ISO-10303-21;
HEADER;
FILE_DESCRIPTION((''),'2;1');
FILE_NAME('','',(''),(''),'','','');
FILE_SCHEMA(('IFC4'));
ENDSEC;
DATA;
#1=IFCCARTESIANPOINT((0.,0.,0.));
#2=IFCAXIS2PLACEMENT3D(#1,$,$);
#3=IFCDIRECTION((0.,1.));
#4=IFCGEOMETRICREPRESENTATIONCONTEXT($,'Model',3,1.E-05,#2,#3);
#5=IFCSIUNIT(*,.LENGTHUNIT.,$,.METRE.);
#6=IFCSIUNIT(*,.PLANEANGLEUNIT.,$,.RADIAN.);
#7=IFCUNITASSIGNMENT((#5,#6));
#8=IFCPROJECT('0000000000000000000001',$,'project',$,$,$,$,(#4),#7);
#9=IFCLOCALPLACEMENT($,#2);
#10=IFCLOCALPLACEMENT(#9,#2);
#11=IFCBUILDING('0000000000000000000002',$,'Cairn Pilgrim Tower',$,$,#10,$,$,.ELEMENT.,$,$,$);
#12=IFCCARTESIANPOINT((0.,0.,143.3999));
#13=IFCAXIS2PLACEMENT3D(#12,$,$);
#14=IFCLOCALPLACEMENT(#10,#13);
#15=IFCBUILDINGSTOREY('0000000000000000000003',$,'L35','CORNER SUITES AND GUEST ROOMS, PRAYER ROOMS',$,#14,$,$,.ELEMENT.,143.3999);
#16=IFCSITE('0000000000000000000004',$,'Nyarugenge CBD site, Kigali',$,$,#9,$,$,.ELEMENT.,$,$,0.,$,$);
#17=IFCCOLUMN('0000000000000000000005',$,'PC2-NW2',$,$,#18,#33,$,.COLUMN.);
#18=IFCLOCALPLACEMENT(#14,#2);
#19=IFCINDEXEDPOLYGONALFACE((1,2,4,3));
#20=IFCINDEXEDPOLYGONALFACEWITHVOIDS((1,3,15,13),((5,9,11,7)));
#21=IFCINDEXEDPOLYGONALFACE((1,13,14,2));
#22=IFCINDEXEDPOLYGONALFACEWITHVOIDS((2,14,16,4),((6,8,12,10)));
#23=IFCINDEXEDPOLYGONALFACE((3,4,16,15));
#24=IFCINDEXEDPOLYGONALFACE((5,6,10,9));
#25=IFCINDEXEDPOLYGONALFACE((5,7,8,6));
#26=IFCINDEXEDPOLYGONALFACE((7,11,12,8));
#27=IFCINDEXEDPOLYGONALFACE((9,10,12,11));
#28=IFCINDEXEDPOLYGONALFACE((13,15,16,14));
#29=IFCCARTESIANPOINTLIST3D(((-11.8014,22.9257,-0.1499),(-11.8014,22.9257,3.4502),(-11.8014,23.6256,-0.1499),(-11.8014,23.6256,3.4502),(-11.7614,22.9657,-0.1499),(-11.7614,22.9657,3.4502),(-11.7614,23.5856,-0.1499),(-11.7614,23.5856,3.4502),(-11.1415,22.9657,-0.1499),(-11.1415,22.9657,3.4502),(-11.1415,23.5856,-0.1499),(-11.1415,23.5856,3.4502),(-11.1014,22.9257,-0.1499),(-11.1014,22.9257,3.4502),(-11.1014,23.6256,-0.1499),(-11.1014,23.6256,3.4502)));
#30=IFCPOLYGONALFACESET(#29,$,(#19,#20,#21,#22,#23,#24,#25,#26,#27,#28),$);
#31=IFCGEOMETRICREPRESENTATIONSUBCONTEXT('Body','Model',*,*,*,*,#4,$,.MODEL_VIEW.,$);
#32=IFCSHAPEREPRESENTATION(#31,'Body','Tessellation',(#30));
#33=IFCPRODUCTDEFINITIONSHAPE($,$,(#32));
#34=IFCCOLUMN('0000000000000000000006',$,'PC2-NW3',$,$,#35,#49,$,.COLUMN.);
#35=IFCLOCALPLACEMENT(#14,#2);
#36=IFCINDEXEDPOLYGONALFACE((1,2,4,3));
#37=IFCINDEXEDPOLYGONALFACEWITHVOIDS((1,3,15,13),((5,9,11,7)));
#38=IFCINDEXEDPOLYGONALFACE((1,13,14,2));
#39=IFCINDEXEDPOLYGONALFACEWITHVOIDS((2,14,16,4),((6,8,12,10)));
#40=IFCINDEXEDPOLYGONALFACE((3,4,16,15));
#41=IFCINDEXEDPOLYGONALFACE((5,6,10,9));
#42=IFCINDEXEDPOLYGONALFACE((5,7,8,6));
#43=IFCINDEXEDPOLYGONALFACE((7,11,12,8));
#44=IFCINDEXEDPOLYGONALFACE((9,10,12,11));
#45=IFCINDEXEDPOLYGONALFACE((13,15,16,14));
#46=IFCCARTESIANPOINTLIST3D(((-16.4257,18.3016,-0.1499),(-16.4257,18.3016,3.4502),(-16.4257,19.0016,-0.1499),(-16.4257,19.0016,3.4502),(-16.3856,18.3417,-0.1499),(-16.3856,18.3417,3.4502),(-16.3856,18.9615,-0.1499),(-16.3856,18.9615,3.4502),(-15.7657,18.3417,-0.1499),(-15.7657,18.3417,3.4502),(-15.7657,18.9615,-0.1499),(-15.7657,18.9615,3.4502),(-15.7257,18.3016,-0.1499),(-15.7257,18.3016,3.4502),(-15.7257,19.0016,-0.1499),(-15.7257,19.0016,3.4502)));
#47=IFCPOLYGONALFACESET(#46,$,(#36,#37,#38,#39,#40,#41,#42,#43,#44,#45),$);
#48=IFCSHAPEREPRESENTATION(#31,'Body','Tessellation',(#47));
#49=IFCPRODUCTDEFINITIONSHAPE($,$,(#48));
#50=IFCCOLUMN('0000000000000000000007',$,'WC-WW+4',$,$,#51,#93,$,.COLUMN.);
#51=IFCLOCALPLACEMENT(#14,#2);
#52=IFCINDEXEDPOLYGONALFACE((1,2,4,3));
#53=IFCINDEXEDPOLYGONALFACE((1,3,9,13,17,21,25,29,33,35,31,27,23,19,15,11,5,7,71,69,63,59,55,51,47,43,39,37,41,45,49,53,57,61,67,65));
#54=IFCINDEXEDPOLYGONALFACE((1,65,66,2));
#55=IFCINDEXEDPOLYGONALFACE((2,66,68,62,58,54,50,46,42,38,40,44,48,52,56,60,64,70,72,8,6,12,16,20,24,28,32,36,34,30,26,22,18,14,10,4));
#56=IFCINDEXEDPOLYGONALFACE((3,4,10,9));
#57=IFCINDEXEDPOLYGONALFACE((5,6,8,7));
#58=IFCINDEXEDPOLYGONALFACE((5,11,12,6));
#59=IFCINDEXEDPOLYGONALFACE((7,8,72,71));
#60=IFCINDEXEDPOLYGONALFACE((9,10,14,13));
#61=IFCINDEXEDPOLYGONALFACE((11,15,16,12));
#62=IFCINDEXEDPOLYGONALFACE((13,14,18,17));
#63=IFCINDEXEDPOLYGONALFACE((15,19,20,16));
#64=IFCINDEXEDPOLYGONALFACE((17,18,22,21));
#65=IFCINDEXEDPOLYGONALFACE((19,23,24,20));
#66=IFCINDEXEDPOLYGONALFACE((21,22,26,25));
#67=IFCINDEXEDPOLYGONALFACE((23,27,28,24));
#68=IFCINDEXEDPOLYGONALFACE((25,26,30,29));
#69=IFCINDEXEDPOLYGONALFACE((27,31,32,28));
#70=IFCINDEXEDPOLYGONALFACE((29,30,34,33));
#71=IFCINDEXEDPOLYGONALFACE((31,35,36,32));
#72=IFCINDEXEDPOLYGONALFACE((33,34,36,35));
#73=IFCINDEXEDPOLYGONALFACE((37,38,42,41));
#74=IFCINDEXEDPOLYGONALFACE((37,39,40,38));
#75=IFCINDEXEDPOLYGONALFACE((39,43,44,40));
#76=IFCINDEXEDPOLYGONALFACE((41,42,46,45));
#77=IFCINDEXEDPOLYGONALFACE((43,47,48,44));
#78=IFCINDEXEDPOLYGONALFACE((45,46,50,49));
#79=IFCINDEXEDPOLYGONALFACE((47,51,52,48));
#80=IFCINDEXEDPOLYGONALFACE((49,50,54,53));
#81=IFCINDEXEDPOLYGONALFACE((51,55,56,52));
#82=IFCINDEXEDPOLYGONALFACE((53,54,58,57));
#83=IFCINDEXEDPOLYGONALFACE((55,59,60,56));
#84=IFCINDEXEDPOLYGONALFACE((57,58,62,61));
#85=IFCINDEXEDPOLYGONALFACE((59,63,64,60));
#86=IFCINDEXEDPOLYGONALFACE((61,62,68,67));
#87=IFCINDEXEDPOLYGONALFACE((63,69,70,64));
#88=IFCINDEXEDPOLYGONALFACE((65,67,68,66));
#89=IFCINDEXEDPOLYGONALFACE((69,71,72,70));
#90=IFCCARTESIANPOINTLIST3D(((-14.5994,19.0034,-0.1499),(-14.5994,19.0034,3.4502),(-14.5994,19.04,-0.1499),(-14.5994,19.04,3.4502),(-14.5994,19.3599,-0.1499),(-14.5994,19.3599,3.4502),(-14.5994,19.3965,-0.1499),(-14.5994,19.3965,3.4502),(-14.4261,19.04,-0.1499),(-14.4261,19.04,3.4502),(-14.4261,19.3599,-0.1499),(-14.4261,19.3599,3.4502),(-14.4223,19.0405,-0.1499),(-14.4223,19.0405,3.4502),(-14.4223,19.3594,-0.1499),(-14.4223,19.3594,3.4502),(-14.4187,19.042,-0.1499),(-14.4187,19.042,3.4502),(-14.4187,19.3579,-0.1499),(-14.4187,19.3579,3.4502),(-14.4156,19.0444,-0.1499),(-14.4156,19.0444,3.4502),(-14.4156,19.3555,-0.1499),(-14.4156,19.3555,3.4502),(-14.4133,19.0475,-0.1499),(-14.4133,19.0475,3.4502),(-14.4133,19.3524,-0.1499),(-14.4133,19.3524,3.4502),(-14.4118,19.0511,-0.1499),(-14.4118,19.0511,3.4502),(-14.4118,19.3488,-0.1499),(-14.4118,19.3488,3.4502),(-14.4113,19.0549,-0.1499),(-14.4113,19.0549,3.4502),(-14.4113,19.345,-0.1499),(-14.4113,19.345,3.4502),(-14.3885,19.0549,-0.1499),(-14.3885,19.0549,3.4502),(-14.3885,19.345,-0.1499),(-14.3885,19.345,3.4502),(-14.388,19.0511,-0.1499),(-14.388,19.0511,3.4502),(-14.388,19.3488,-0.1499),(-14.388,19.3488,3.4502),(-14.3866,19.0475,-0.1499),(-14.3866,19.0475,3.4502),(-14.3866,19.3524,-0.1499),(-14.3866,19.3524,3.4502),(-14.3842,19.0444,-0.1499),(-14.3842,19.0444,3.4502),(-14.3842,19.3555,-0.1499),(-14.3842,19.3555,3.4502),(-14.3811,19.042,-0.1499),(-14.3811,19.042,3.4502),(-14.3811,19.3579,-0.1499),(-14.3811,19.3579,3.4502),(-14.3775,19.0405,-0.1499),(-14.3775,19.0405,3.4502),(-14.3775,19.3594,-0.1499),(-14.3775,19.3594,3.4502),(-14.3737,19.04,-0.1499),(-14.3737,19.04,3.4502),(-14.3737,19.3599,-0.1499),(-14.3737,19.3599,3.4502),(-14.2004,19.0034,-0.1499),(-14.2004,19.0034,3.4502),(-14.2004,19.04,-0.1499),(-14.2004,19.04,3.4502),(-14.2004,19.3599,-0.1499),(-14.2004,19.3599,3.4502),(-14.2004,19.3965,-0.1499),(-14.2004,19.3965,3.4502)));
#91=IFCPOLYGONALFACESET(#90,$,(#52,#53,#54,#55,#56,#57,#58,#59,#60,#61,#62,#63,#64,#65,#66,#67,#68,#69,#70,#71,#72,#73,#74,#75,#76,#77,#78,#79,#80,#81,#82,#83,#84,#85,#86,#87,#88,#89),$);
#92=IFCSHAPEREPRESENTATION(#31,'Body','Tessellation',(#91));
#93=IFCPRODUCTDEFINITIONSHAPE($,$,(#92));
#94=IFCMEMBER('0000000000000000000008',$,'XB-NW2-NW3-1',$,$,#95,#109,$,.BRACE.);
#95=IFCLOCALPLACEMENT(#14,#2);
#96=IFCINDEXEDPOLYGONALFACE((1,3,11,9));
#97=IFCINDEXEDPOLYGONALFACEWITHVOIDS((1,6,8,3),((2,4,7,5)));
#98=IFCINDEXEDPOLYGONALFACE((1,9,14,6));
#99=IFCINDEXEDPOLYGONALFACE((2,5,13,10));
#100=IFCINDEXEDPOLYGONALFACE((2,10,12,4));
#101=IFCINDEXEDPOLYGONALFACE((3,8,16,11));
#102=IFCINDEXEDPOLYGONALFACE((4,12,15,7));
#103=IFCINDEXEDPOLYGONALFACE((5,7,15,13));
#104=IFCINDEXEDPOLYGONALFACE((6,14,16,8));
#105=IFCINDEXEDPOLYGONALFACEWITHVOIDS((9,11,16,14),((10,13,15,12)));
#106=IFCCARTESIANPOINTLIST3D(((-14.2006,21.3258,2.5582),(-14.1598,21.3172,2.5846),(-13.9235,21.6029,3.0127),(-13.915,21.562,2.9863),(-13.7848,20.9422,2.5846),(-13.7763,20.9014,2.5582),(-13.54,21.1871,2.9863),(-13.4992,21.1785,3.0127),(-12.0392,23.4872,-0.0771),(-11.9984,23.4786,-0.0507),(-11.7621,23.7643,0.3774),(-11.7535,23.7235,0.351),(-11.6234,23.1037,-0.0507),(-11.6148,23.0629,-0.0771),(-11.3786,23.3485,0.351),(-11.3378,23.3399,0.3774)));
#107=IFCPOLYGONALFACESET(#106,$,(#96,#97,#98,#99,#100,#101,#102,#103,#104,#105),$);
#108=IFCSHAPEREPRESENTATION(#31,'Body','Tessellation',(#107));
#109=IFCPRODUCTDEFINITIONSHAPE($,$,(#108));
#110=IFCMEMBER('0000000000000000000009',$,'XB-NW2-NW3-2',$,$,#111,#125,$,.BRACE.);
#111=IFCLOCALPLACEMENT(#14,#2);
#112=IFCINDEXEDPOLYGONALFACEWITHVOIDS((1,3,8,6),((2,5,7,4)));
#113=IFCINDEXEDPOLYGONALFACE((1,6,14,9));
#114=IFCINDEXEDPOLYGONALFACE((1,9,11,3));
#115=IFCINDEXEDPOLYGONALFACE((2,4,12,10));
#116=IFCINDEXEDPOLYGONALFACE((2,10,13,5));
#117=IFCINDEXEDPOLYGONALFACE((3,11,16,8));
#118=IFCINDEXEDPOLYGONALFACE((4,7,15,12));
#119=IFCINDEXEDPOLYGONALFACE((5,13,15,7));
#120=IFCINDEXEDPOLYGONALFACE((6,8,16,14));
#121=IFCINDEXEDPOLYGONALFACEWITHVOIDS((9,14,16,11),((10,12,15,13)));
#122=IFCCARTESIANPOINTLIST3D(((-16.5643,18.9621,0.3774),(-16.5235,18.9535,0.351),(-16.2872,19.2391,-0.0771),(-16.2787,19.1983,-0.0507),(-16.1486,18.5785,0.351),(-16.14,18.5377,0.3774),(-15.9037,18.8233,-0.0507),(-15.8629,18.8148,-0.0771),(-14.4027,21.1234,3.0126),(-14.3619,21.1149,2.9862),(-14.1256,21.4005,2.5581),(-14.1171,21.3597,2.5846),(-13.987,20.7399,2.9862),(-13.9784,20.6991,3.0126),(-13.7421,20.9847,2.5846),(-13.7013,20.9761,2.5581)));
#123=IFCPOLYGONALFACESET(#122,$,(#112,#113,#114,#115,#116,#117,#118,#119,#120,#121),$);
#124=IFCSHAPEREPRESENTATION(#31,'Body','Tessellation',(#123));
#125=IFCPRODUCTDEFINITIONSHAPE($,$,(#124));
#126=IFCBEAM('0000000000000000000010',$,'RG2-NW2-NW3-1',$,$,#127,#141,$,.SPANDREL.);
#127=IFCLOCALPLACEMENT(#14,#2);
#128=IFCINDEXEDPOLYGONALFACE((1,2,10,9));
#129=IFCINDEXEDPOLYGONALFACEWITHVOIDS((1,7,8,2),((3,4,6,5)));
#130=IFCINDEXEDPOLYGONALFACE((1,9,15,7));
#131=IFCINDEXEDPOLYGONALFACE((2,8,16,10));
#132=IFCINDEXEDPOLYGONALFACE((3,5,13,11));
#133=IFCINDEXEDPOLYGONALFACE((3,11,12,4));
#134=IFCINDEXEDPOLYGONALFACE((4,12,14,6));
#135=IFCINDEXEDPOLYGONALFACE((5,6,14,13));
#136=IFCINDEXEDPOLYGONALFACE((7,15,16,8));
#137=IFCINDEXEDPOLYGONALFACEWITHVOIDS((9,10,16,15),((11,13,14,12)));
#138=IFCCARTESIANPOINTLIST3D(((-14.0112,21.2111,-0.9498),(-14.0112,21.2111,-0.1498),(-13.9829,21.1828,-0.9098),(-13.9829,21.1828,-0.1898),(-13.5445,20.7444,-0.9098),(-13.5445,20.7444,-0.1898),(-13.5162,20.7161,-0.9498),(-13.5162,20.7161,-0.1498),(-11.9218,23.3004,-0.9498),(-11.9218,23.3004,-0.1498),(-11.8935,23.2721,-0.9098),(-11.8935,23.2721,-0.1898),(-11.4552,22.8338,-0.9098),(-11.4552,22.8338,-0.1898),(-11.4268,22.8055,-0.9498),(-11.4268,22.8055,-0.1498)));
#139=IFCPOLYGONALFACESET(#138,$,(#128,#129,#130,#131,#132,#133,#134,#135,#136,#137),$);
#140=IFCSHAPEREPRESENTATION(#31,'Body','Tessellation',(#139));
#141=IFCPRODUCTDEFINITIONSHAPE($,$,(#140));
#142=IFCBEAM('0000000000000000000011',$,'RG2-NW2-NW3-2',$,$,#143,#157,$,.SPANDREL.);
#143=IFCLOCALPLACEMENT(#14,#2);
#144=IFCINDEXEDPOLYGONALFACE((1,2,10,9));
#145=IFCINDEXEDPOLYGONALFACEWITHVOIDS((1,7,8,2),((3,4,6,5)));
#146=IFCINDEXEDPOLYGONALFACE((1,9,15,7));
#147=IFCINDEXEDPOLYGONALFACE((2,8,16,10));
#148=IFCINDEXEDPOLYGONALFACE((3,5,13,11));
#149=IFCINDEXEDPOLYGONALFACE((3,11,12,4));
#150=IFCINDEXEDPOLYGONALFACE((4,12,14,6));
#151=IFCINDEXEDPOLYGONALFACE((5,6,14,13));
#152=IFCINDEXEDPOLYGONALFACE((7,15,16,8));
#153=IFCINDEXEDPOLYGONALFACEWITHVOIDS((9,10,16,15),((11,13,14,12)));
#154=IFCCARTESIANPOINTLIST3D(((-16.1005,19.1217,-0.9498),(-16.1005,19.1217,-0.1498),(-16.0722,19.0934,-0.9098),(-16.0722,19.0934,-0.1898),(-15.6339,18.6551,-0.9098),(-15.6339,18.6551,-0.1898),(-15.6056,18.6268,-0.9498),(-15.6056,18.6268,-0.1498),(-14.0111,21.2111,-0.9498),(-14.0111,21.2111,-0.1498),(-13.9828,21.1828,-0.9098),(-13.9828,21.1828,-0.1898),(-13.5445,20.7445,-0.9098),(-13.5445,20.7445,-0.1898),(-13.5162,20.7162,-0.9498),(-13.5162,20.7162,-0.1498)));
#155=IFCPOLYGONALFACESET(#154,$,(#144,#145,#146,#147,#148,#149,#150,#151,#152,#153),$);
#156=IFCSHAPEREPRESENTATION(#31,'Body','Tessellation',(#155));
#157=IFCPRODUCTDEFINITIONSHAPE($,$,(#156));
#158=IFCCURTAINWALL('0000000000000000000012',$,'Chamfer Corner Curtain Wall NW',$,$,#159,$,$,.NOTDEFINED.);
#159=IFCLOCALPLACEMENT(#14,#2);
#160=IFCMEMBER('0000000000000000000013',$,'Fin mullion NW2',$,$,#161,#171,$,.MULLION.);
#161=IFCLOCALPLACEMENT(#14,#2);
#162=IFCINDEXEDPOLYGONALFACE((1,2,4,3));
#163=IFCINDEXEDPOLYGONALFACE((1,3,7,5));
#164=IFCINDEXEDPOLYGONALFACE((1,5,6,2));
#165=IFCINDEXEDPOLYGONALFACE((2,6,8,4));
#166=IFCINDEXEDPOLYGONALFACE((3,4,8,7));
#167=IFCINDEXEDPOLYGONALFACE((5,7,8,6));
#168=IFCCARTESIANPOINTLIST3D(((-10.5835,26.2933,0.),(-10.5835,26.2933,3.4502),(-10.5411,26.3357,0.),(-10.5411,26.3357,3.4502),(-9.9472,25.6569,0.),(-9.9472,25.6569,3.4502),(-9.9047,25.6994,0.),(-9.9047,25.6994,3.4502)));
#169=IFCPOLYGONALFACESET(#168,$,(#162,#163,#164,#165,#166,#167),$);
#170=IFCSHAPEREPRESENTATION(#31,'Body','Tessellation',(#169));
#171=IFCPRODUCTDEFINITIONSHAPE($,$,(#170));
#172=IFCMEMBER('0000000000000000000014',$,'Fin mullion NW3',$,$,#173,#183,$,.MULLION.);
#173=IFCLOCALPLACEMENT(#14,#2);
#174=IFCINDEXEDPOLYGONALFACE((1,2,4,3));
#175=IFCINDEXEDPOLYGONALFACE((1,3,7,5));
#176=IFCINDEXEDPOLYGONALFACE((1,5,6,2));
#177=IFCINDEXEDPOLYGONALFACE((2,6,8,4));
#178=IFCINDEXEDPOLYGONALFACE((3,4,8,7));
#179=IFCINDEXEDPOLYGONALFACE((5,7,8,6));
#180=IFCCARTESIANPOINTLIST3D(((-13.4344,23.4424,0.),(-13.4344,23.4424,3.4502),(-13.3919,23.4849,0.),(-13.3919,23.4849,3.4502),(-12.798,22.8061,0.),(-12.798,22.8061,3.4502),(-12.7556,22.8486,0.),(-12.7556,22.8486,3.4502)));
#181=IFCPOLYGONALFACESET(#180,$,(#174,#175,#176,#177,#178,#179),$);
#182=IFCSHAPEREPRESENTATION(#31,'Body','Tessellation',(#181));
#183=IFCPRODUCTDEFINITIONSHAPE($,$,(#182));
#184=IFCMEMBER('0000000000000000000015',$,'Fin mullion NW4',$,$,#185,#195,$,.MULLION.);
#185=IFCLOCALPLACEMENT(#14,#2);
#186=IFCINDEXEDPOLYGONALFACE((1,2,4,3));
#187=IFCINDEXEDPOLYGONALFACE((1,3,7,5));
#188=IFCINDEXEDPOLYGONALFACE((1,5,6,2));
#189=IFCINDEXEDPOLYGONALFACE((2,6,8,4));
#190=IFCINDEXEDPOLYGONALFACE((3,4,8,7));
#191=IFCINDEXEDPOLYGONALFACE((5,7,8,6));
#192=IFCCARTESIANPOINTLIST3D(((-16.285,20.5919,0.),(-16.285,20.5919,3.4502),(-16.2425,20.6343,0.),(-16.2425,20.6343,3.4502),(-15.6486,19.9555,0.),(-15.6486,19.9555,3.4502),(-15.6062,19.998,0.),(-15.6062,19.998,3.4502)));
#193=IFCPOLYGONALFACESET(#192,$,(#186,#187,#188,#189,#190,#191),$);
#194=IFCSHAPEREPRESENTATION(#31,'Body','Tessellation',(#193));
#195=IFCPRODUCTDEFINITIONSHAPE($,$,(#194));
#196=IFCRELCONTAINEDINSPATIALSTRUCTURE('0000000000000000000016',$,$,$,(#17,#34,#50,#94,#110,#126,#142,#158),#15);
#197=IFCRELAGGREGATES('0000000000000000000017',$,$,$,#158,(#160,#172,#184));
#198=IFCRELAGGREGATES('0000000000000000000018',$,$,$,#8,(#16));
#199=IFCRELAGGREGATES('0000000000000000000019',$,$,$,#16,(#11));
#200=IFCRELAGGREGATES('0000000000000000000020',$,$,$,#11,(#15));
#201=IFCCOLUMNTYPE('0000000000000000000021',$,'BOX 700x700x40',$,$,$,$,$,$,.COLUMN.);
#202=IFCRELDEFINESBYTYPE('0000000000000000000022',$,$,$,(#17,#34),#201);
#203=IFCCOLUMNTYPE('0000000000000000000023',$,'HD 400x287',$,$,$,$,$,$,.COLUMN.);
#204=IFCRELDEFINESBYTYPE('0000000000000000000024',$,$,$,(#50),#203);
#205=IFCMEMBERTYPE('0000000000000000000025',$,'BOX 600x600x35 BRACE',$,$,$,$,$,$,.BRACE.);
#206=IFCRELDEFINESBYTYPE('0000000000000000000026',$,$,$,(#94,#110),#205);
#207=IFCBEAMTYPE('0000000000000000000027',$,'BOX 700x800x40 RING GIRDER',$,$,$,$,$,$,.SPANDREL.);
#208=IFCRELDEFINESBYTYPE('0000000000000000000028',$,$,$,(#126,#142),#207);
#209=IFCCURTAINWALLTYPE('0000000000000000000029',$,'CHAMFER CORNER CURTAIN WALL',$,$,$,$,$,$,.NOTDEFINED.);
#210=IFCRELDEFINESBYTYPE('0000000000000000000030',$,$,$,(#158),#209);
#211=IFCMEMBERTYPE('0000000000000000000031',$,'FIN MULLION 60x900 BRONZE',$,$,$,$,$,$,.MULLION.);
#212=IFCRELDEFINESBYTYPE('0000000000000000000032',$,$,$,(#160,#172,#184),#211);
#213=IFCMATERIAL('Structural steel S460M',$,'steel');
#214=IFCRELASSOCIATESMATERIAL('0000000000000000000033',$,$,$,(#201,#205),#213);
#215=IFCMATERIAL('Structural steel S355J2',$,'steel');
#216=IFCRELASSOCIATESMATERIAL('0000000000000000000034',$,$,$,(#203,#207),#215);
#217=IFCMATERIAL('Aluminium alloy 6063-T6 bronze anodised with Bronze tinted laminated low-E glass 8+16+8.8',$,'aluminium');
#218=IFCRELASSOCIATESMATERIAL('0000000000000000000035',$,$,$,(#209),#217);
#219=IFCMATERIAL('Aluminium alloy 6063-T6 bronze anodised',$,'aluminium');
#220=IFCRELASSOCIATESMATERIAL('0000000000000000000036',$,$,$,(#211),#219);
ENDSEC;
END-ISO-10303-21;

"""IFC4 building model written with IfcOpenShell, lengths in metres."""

from ifc_helpers import new_model, si_unit, direction, frame, origin, origin_2d, place, context, subcontext, project, spatial, rectangle, hollow_rectangle, i_section, extrude, material, material_profile, profile_set, type_object, element, aggregate, save


model = new_model("IFC4")

# Units and contexts
model_context = context("Model", 3, precision=1e-05, world=origin(), true_north=direction((0.0, 1.0)))
body_context = subcontext(model_context, "Body", "Model", "MODEL_VIEW")
ifc_project = project(units=[si_unit("LENGTHUNIT", "METRE"), si_unit("PLANEANGLEUNIT", "RADIAN")], contexts=[model_context])

# Site, building, storey
site_placement = place(None, origin())
site = spatial("IfcSite", under=ifc_project, at=site_placement, Name="Nyarugenge CBD site, Kigali", CompositionType="ELEMENT", RefElevation=0.0)
building_placement = place(site_placement, origin())
building = spatial("IfcBuilding", under=site, at=building_placement, Name="Cairn Pilgrim Tower", CompositionType="ELEMENT")
storey_placement = place(building_placement, frame((0.0, 0.0, 143.3999)))
storey = spatial("IfcBuildingStorey", under=building, at=storey_placement, Name="L35", Description="CORNER SUITES AND GUEST ROOMS, PRAYER ROOMS", CompositionType="ELEMENT", Elevation=143.3999)

# Columns
ifc_material_1 = material(Name="Structural steel S460M", Category="steel")
ifc_material_profile_1 = material_profile(ifc_material_1, hollow_rectangle(XDim=0.7, YDim=0.7, WallThickness=0.04, at=origin_2d()), Name="BOX 700x700x40")
ifc_profile_set_1 = profile_set([ifc_material_profile_1], Name="Structural steel S460M")
column_type_1 = type_object("IfcColumnType", Name="BOX 700x700x40", PredefinedType="COLUMN", material=ifc_profile_set_1)
for number, where, z_axis, x_axis, name in (
    (1, (-11.4514, 23.2756, -0.1499), (0.0, 0.0, 1.0), (1.0, 0.0, 0.0), "PC2-NW2"),
    (2, (-16.0757, 18.6516, -0.1499), (0.0, 0.0, 1.0), (1.0, 0.0, 0.0), "PC2-NW3"),
):
    element("IfcColumn", number, at=place(storey_placement, frame(where, z_axis=z_axis, x_axis=x_axis)), inside=storey, type_object=column_type_1, Name=name, PredefinedType="COLUMN", context=body_context, shape_type="SweptSolid", body=[
        extrude(hollow_rectangle(XDim=0.7, YDim=0.7, WallThickness=0.04, at=origin_2d()), origin(), (0.0, 0.0, 1.0), 3.6001),
    ])
ifc_material_2 = material(Name="Structural steel S355J2", Category="steel")
ifc_material_profile_2 = material_profile(ifc_material_2, i_section(OverallWidth=0.3989, OverallDepth=0.3931, WebThickness=0.0227, FlangeThickness=0.0366, FilletRadius=0.0149, at=origin_2d()), Name="HD 400x287")
ifc_profile_set_2 = profile_set([ifc_material_profile_2], Name="Structural steel S355J2")
column_type_2 = type_object("IfcColumnType", Name="HD 400x287", PredefinedType="COLUMN", material=ifc_profile_set_2)
column_placement = place(storey_placement, frame((-14.3999, 19.2, -0.1499), z_axis=(0.0, 0.0, 1.0), x_axis=(1.0, 0.0, 0.0)))
element("IfcColumn", 3, at=column_placement, inside=storey, type_object=column_type_2, Name="WC-WW+4", PredefinedType="COLUMN", context=body_context, shape_type="SweptSolid", body=[
    extrude(i_section(OverallWidth=0.3989, OverallDepth=0.3931, WebThickness=0.0227, FlangeThickness=0.0366, FilletRadius=0.0149, at=origin_2d()), origin(), (0.0, 0.0, 1.0), 3.6001),
])

# Members
ifc_material_profile_3 = material_profile(ifc_material_1, hollow_rectangle(XDim=0.6001, YDim=0.6001, WallThickness=0.0349, at=origin_2d()), Name="BOX 600x600x35")
ifc_profile_set_3 = profile_set([ifc_material_profile_3], Name="Structural steel S460M")
member_type_1 = type_object("IfcMemberType", Name="BOX 600x600x35 BRACE", PredefinedType="BRACE", material=ifc_profile_set_3)
for number, where, z_axis, x_axis, name in (
    (4, (-11.6885, 23.4136, 0.1501), (-0.535551, -0.535551, 0.65297), (0.707107, -0.707107, 0.0), "XB-NW2-NW3-1"),
    (5, (-16.2136, 18.8884, 0.1501), (0.535594, 0.535534, 0.652949), (-0.707067, 0.707147, 0.0), "XB-NW2-NW3-2"),
):
    element("IfcMember", number, at=place(storey_placement, frame(where, z_axis=z_axis, x_axis=x_axis)), inside=storey, type_object=member_type_1, Name=name, PredefinedType="BRACE", context=body_context, shape_type="SweptSolid", body=[
        extrude(hollow_rectangle(XDim=0.6001, YDim=0.6001, WallThickness=0.0349, at=origin_2d()), origin(), (0.0, 0.0, 1.0), 4.0359),
    ])

# Beams
ifc_material_profile_4 = material_profile(ifc_material_2, hollow_rectangle(XDim=0.7, YDim=0.8, WallThickness=0.04, at=origin_2d()), Name="BOX 700x800x40")
ifc_profile_set_4 = profile_set([ifc_material_profile_4], Name="Structural steel S355J2")
beam_type_1 = type_object("IfcBeamType", Name="BOX 700x800x40 RING GIRDER", PredefinedType="SPANDREL", material=ifc_profile_set_4)
for number, where, z_axis, x_axis, name in (
    (6, (-11.6743, 23.053, -0.5498), (-0.707107, -0.707107, 0.0), (0.707107, -0.707107, 0.0), "RG2-NW2-NW3-1"),
    (7, (-13.7637, 20.9636, -0.5498), (-0.707107, -0.707107, 0.0), (0.707107, -0.707107, 0.0), "RG2-NW2-NW3-2"),
):
    element("IfcBeam", number, at=place(storey_placement, frame(where, z_axis=z_axis, x_axis=x_axis)), inside=storey, type_object=beam_type_1, Name=name, PredefinedType="SPANDREL", context=body_context, shape_type="SweptSolid", body=[
        extrude(hollow_rectangle(XDim=0.7, YDim=0.8, WallThickness=0.04, at=origin_2d()), origin(), (0.0, 0.0, 1.0), 2.9548),
    ])

# Curtain wall, members
ifc_material_3 = material(Name="Aluminium alloy 6063-T6 bronze anodised with Bronze tinted laminated low-E glass 8+16+8.8", Category="aluminium")
curtain_wall_type = type_object("IfcCurtainWallType", Name="CHAMFER CORNER CURTAIN WALL", PredefinedType="NOTDEFINED", material=ifc_material_3)
curtain_wall_placement = place(storey_placement, origin())
curtain_wall = element("IfcCurtainWall", 8, at=curtain_wall_placement, inside=storey, type_object=curtain_wall_type, Name="Chamfer Corner Curtain Wall NW", PredefinedType="NOTDEFINED")
ifc_material_4 = material(Name="Aluminium alloy 6063-T6 bronze anodised", Category="aluminium")
ifc_material_profile_5 = material_profile(ifc_material_4, rectangle(XDim=0.8999, YDim=0.0601, at=origin_2d()), Name="FIN MULLION 60x900 BRONZE")
ifc_profile_set_5 = profile_set([ifc_material_profile_5], Name="Aluminium alloy 6063-T6 bronze anodised")
member_type_2 = type_object("IfcMemberType", Name="FIN MULLION 60x900 BRONZE", PredefinedType="MULLION", material=ifc_profile_set_5)
member_1_placement = place(storey_placement, frame((-10.2441, 25.9963, 0.0), z_axis=(0.0, 0.0, 1.0), x_axis=(-0.707107, 0.707107, 0.0)))
member_1 = element("IfcMember", 9, at=member_1_placement, type_object=member_type_2, Name="Fin mullion NW2", PredefinedType="MULLION", context=body_context, shape_type="SweptSolid", body=[
    extrude(rectangle(XDim=0.8999, YDim=0.0601, at=origin_2d()), origin(), (0.0, 0.0, 1.0), 3.4502),
])
member_2_placement = place(storey_placement, frame((-13.095, 23.1455, 0.0), z_axis=(0.0, 0.0, 1.0), x_axis=(-0.707107, 0.707107, 0.0)))
member_2 = element("IfcMember", 10, at=member_2_placement, type_object=member_type_2, Name="Fin mullion NW3", PredefinedType="MULLION", context=body_context, shape_type="SweptSolid", body=[
    extrude(rectangle(XDim=0.8999, YDim=0.0601, at=origin_2d()), origin(), (0.0, 0.0, 1.0), 3.4502),
])
member_3_placement = place(storey_placement, frame((-15.9456, 20.2949, 0.0), z_axis=(0.0, 0.0, 1.0), x_axis=(-0.707107, 0.707107, 0.0)))
member_3 = element("IfcMember", 11, at=member_3_placement, type_object=member_type_2, Name="Fin mullion NW4", PredefinedType="MULLION", context=body_context, shape_type="SweptSolid", body=[
    extrude(rectangle(XDim=0.8999, YDim=0.0601, at=origin_2d()), origin(), (0.0, 0.0, 1.0), 3.4502),
])

aggregate(curtain_wall, [member_1, member_2, member_3])

save(model, "model.ifc")
